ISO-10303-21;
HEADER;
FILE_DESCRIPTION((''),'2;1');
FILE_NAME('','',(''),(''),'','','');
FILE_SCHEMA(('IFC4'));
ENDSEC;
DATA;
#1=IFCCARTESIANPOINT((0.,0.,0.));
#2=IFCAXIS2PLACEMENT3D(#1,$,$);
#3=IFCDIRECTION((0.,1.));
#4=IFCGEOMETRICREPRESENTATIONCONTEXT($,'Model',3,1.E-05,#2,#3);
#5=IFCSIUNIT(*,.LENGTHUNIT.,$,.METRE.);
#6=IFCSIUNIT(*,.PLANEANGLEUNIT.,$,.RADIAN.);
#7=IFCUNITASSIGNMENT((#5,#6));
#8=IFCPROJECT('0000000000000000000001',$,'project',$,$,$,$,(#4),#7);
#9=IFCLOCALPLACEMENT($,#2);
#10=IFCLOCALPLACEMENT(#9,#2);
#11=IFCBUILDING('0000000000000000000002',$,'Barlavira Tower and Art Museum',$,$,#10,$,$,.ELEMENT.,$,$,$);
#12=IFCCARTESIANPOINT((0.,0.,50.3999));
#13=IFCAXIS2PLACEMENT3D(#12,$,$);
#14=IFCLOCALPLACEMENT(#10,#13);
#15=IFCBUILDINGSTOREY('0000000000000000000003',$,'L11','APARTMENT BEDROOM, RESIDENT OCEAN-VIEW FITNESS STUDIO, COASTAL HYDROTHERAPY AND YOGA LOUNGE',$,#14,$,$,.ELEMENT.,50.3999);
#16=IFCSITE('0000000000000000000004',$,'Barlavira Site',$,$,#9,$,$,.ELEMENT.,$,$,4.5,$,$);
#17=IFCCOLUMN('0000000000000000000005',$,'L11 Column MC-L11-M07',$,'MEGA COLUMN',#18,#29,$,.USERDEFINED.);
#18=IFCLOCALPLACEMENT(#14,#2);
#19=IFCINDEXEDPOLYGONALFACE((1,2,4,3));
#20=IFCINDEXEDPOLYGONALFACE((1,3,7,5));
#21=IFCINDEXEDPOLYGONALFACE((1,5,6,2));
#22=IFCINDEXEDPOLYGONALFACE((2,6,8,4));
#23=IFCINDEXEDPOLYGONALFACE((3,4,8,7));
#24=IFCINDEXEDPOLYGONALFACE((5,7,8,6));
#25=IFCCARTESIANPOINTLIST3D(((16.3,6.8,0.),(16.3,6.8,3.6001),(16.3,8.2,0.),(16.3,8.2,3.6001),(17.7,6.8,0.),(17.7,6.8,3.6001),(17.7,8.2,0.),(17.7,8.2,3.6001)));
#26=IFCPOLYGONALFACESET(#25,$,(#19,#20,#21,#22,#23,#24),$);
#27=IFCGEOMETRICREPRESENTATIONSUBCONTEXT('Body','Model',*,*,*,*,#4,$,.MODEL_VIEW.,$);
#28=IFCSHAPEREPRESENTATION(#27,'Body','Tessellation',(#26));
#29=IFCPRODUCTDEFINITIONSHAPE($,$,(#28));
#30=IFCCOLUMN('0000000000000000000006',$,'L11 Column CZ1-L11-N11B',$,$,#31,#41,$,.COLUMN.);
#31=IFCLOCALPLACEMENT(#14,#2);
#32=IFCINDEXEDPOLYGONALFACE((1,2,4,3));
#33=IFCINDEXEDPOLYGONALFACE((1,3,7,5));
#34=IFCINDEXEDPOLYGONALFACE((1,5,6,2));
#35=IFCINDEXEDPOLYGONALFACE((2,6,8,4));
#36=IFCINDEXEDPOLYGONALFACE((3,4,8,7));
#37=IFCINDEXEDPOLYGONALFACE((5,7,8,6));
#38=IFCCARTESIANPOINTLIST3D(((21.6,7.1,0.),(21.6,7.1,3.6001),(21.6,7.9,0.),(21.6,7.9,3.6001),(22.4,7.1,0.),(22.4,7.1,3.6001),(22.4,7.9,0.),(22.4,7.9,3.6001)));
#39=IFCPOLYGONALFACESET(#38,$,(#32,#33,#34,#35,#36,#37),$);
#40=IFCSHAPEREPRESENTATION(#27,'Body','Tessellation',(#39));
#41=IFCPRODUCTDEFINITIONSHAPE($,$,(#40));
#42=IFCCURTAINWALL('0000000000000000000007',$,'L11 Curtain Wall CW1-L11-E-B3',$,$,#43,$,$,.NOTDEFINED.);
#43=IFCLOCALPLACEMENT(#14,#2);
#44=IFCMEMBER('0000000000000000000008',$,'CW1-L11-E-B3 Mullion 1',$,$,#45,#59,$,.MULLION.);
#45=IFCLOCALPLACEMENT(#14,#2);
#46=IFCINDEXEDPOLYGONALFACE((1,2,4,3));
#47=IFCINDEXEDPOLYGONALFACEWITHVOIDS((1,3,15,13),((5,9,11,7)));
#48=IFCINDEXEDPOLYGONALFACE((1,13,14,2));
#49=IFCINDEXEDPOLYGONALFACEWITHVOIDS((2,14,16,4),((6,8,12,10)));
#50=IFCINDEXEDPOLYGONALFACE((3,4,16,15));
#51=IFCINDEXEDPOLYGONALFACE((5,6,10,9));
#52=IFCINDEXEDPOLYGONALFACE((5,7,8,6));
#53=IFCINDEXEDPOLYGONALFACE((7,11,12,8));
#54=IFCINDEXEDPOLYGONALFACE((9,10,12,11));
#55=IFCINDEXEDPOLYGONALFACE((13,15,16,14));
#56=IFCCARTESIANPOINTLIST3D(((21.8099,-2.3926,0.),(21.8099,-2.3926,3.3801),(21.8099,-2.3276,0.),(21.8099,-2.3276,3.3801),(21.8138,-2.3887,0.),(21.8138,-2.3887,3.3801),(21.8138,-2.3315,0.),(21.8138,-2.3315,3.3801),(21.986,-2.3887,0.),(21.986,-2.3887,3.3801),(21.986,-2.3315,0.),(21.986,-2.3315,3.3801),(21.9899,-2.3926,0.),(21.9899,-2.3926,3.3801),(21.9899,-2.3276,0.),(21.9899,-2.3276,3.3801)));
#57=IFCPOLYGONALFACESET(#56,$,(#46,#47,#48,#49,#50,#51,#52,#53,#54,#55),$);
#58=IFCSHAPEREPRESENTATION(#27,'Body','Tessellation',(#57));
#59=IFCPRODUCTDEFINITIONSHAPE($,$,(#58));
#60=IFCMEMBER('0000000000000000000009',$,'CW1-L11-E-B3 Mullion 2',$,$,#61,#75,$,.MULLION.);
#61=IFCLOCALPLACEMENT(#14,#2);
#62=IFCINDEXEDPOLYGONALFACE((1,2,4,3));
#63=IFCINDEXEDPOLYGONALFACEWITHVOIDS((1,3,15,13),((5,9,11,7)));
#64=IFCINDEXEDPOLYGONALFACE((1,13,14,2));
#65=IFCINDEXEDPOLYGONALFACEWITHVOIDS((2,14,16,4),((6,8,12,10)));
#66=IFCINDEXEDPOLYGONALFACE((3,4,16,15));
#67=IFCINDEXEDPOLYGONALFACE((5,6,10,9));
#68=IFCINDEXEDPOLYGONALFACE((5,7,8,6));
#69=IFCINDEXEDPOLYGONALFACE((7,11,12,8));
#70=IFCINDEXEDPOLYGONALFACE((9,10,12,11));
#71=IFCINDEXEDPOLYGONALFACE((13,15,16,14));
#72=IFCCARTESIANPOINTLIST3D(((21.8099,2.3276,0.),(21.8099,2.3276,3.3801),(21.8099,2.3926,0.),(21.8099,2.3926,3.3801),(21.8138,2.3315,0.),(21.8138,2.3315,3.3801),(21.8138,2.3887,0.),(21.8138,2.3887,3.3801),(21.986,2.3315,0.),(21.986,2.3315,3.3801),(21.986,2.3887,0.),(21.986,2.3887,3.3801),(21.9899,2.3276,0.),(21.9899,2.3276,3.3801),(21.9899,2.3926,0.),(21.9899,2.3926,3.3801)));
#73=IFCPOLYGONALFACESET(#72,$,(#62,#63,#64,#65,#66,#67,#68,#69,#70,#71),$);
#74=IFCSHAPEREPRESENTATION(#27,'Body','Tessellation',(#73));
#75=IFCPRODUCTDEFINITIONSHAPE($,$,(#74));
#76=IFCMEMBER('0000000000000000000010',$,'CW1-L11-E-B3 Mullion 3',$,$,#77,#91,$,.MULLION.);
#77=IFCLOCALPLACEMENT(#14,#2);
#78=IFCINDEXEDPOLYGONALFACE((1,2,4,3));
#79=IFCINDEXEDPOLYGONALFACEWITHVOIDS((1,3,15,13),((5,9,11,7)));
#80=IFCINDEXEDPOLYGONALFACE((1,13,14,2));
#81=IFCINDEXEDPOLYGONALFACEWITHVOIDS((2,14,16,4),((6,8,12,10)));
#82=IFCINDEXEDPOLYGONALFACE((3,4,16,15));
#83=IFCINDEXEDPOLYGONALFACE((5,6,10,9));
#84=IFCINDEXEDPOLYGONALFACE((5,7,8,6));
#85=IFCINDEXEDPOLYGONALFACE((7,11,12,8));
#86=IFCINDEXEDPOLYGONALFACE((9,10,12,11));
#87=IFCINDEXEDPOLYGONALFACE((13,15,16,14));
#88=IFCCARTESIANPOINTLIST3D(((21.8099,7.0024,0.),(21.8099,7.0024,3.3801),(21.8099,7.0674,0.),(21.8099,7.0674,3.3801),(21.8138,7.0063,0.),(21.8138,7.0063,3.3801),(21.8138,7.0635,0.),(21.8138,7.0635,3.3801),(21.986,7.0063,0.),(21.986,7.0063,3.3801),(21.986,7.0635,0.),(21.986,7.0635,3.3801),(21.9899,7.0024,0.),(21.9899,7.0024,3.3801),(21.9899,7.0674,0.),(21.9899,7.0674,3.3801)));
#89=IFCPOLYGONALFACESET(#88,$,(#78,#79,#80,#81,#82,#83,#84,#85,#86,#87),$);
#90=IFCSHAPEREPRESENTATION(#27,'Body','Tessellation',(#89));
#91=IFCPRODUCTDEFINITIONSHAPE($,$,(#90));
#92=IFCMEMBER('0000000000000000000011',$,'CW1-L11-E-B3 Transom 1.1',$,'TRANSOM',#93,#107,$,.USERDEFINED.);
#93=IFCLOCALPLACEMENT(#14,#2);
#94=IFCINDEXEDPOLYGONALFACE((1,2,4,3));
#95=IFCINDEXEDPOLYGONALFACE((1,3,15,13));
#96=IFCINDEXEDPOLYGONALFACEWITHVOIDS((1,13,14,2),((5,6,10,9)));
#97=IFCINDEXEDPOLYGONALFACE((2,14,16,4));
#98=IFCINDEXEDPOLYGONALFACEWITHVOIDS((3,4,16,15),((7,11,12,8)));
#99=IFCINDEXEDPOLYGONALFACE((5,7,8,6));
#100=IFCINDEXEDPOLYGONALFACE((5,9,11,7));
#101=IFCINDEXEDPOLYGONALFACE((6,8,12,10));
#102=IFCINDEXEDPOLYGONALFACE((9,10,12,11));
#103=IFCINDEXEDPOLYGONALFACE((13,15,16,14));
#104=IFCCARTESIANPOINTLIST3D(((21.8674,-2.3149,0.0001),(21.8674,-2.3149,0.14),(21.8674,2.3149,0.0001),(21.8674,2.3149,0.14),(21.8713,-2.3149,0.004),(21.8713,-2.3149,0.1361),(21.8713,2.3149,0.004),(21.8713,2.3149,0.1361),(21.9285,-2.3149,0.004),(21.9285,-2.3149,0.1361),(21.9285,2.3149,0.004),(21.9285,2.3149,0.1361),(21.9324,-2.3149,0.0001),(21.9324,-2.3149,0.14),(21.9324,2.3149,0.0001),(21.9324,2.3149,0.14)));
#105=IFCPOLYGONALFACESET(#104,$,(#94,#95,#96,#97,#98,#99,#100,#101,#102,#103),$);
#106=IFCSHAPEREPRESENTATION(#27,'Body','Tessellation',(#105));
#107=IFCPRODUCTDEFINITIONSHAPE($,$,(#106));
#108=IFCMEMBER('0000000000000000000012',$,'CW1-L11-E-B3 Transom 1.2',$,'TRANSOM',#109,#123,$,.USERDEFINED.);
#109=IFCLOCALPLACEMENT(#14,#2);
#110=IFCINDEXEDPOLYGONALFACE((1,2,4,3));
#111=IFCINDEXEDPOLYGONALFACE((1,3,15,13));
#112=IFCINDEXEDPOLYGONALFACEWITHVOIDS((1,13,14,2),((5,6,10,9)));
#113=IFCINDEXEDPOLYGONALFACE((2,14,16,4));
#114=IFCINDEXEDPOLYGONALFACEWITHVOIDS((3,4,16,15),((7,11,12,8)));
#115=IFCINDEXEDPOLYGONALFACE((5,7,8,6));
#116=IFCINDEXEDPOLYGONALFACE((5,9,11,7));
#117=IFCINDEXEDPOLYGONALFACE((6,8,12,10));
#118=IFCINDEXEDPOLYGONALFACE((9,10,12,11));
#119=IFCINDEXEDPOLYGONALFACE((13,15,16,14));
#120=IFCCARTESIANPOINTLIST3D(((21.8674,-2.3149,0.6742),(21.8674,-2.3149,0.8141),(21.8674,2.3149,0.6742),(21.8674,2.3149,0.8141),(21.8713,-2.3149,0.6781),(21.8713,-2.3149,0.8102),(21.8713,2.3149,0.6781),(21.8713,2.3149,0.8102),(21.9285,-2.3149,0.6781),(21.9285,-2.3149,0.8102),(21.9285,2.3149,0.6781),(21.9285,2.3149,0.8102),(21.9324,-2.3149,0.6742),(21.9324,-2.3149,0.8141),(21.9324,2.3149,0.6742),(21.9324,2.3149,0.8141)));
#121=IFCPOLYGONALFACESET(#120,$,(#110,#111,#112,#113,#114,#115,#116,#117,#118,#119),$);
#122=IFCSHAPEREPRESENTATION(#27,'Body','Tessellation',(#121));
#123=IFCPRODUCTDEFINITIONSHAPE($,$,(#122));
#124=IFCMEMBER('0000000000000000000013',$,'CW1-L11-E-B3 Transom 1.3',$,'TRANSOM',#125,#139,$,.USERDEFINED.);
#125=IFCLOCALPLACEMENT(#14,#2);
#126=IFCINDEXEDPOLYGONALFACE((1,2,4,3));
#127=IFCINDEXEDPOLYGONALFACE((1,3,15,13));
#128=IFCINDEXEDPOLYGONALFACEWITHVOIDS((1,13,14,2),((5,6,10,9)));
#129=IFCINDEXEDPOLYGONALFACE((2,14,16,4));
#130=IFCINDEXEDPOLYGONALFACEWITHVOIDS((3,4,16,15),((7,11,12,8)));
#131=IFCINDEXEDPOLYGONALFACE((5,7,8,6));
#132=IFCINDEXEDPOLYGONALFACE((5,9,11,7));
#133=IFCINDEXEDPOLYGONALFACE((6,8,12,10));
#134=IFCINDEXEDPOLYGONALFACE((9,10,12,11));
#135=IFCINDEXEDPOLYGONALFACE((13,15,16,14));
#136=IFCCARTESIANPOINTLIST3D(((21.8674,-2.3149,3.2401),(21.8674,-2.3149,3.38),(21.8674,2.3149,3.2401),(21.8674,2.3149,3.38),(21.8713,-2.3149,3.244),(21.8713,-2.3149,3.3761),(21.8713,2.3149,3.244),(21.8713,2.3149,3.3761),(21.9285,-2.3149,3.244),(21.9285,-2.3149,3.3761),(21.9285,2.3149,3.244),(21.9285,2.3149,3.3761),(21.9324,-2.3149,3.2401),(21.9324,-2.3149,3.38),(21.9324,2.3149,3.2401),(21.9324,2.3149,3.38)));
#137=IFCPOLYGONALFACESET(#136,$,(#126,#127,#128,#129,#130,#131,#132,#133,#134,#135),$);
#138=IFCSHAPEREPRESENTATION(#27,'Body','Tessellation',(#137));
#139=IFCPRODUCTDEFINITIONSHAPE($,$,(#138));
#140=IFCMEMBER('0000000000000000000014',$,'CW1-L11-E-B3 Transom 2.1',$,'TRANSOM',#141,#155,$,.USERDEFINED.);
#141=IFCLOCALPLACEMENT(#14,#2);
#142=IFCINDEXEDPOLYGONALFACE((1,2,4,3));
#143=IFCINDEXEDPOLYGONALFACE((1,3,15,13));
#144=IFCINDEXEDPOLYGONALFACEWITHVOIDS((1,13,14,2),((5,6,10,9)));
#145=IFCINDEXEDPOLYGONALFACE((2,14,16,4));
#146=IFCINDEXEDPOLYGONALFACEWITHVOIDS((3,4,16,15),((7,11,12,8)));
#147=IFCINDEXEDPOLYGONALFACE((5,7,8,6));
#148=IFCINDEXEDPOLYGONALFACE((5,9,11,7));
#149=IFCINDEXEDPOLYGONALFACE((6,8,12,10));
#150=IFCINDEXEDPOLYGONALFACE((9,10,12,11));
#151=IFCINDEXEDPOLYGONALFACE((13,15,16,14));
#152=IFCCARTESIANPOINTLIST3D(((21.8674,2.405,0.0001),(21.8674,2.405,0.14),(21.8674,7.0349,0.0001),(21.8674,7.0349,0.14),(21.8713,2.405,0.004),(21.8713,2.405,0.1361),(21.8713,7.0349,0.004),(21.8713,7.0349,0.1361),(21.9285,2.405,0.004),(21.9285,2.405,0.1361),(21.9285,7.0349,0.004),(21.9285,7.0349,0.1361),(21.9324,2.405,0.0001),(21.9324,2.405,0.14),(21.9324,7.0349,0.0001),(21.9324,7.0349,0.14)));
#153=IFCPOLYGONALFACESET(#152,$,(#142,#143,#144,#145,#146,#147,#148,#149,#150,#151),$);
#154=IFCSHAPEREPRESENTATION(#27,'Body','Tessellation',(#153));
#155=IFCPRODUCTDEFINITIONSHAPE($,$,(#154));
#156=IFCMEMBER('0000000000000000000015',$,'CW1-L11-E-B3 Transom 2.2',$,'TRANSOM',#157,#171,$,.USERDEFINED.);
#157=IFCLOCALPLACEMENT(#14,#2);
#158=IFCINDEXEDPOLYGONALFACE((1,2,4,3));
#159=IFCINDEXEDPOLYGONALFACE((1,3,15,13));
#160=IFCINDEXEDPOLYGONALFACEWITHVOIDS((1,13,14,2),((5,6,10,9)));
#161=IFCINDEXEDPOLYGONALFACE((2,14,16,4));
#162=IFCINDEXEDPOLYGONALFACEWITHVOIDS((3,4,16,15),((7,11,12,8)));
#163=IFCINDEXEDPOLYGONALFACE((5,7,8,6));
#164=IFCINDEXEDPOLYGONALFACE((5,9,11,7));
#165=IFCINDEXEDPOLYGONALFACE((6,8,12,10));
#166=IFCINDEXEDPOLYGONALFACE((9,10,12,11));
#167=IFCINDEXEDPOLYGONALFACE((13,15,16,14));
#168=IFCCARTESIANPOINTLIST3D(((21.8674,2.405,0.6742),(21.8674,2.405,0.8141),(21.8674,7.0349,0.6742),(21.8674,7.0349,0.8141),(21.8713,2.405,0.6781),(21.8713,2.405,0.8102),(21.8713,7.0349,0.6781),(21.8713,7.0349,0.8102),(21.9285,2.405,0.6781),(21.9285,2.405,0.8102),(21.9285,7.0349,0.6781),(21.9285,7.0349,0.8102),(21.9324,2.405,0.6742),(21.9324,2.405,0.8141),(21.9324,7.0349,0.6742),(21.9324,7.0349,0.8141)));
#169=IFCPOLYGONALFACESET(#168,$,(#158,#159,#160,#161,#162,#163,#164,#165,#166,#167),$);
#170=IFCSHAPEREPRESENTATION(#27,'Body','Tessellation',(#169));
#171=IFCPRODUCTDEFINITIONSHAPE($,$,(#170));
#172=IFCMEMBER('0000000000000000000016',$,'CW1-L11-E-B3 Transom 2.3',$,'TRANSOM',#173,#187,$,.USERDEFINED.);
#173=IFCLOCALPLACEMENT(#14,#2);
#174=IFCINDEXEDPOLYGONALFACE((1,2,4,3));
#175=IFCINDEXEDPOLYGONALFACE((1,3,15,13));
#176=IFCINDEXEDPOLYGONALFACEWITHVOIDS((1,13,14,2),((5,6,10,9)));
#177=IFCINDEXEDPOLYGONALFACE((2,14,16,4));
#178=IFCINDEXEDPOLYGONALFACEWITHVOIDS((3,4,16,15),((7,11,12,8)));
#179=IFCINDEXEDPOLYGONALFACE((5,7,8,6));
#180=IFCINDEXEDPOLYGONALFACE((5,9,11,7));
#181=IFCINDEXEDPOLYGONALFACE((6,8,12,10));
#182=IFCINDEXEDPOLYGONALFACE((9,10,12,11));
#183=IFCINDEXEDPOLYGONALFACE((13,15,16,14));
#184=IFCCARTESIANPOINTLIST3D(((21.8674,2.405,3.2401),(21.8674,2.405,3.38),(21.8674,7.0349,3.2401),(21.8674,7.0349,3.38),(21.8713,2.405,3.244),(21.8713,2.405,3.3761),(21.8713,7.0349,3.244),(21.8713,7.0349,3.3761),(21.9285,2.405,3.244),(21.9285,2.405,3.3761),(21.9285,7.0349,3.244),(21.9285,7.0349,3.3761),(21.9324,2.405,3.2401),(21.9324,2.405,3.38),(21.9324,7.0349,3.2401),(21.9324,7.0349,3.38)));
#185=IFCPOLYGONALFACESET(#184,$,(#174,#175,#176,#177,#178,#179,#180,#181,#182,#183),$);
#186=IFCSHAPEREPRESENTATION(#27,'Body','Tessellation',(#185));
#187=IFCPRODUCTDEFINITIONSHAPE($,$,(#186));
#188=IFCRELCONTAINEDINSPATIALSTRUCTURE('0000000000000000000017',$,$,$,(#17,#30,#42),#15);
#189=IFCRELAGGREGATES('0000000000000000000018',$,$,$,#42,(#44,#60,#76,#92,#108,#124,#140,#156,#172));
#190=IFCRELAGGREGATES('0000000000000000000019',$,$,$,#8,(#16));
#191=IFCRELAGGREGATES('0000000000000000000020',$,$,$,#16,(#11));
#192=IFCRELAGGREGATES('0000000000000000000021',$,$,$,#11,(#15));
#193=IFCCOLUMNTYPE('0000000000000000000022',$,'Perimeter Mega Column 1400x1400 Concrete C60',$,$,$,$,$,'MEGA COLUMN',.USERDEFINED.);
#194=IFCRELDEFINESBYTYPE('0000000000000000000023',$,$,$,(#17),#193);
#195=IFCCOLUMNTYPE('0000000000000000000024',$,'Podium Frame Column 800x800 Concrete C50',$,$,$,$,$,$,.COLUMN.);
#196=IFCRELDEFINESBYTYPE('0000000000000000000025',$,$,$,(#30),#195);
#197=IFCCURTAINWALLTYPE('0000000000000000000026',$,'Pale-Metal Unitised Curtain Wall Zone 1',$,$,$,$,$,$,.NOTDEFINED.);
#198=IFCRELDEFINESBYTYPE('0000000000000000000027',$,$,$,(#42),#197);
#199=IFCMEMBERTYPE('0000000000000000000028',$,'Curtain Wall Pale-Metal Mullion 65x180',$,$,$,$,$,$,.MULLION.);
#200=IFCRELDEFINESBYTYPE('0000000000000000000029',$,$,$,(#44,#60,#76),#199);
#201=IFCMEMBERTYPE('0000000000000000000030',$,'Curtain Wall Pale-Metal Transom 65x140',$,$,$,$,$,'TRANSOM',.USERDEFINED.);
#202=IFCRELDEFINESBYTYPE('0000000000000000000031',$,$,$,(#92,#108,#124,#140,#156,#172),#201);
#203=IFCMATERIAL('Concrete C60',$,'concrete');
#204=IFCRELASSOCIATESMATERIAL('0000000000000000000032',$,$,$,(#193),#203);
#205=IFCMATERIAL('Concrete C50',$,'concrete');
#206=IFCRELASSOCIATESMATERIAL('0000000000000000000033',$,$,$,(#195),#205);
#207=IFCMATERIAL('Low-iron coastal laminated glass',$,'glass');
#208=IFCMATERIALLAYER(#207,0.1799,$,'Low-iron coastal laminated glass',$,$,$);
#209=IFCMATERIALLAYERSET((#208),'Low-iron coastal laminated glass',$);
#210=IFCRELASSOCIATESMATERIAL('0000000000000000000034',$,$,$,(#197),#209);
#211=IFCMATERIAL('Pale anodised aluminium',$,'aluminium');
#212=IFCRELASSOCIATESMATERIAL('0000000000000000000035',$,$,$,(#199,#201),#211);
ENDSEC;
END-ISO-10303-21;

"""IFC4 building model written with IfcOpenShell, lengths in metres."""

from ifc_helpers import new_model, si_unit, direction, frame, origin, origin_2d, place, context, subcontext, project, spatial, rectangle, hollow_rectangle, extrude, material, layer, layer_set, material_profile, profile_set, type_object, element, aggregate, save


model = new_model("IFC4")

# Units and contexts
model_context = context("Model", 3, precision=1e-05, world=origin(), true_north=direction((0.0, 1.0)))
body_context = subcontext(model_context, "Body", "Model", "MODEL_VIEW")
ifc_project = project(units=[si_unit("LENGTHUNIT", "METRE"), si_unit("PLANEANGLEUNIT", "RADIAN")], contexts=[model_context])

# Site, building, storey
site_placement = place(None, origin())
site = spatial("IfcSite", under=ifc_project, at=site_placement, Name="Barlavira Site", CompositionType="ELEMENT", RefElevation=4.5)
building_placement = place(site_placement, origin())
building = spatial("IfcBuilding", under=site, at=building_placement, Name="Barlavira Tower and Art Museum", CompositionType="ELEMENT")
storey_placement = place(building_placement, frame((0.0, 0.0, 50.3999)))
storey = spatial("IfcBuildingStorey", under=building, at=storey_placement, Name="L11", Description="APARTMENT BEDROOM, RESIDENT OCEAN-VIEW FITNESS STUDIO, COASTAL HYDROTHERAPY AND YOGA LOUNGE", CompositionType="ELEMENT", Elevation=50.3999)

# Columns
ifc_material_1 = material(Name="Concrete C60", Category="concrete")
ifc_material_profile_1 = material_profile(ifc_material_1, rectangle(XDim=1.3999, YDim=1.3999, at=origin_2d()), Name="RC-MCOL 1400x1400")
ifc_profile_set_1 = profile_set([ifc_material_profile_1], Name="Concrete C60")
column_type_1 = type_object("IfcColumnType", Name="Perimeter Mega Column 1400x1400 Concrete C60", ElementType="MEGA COLUMN", PredefinedType="USERDEFINED", material=ifc_profile_set_1)
column_1_placement = place(storey_placement, frame((17.0, 7.5, 0.0), z_axis=(0.0, 0.0, 1.0), x_axis=(1.0, 0.0, 0.0)))
element("IfcColumn", 1, at=column_1_placement, inside=storey, type_object=column_type_1, Name="L11 Column MC-L11-M07", ObjectType="MEGA COLUMN", PredefinedType="USERDEFINED", context=body_context, shape_type="SweptSolid", body=[
    extrude(rectangle(XDim=1.3999, YDim=1.3999, at=origin_2d()), origin(), (0.0, 0.0, 1.0), 3.6001),
])
ifc_material_2 = material(Name="Concrete C50", Category="concrete")
ifc_material_profile_2 = material_profile(ifc_material_2, rectangle(XDim=0.8, YDim=0.8, at=origin_2d()), Name="RC-COL 800x800")
ifc_profile_set_2 = profile_set([ifc_material_profile_2], Name="Concrete C50")
column_type_2 = type_object("IfcColumnType", Name="Podium Frame Column 800x800 Concrete C50", PredefinedType="COLUMN", material=ifc_profile_set_2)
column_2_placement = place(storey_placement, frame((22.0, 7.5, 0.0), z_axis=(0.0, 0.0, 1.0), x_axis=(1.0, 0.0, 0.0)))
element("IfcColumn", 2, at=column_2_placement, inside=storey, type_object=column_type_2, Name="L11 Column CZ1-L11-N11B", PredefinedType="COLUMN", context=body_context, shape_type="SweptSolid", body=[
    extrude(rectangle(XDim=0.8, YDim=0.8, at=origin_2d()), origin(), (0.0, 0.0, 1.0), 3.6001),
])

# Curtain wall, members
ifc_material_3 = material(Name="Low-iron coastal laminated glass", Category="glass")
ifc_layer_1 = layer(ifc_material_3, 0.1799, Name="Low-iron coastal laminated glass")
ifc_layer_set_1 = layer_set([ifc_layer_1], Name="Low-iron coastal laminated glass")
curtain_wall_type = type_object("IfcCurtainWallType", Name="Pale-Metal Unitised Curtain Wall Zone 1", PredefinedType="NOTDEFINED", material=ifc_layer_set_1)
curtain_wall_placement = place(storey_placement, origin())
curtain_wall = element("IfcCurtainWall", 3, at=curtain_wall_placement, inside=storey, type_object=curtain_wall_type, Name="L11 Curtain Wall CW1-L11-E-B3", PredefinedType="NOTDEFINED")
ifc_material_4 = material(Name="Pale anodised aluminium", Category="aluminium")
ifc_material_profile_3 = material_profile(ifc_material_4, hollow_rectangle(XDim=0.0649, YDim=0.1799, WallThickness=0.0039, at=origin_2d()), Name="ALU-MULL 65x180x4")
ifc_profile_set_3 = profile_set([ifc_material_profile_3], Name="Pale anodised aluminium")
member_type_1 = type_object("IfcMemberType", Name="Curtain Wall Pale-Metal Mullion 65x180", PredefinedType="MULLION", material=ifc_profile_set_3)
member_1_placement = place(storey_placement, frame((21.8999, -2.3601, 0.0), z_axis=(0.0, 0.0, 1.0), x_axis=(0.0, 1.0, 0.0)))
member_1 = element("IfcMember", 4, at=member_1_placement, type_object=member_type_1, Name="CW1-L11-E-B3 Mullion 1", PredefinedType="MULLION", context=body_context, shape_type="SweptSolid", body=[
    extrude(hollow_rectangle(XDim=0.0649, YDim=0.1799, WallThickness=0.0039, at=origin_2d()), origin(), (0.0, 0.0, 1.0), 3.3801),
])
member_2_placement = place(storey_placement, frame((21.8999, 2.3601, 0.0), z_axis=(0.0, 0.0, 1.0), x_axis=(0.0, 1.0, 0.0)))
member_2 = element("IfcMember", 5, at=member_2_placement, type_object=member_type_1, Name="CW1-L11-E-B3 Mullion 2", PredefinedType="MULLION", context=body_context, shape_type="SweptSolid", body=[
    extrude(hollow_rectangle(XDim=0.0649, YDim=0.1799, WallThickness=0.0039, at=origin_2d()), origin(), (0.0, 0.0, 1.0), 3.3801),
])
member_3_placement = place(storey_placement, frame((21.8999, 7.0349, 0.0), z_axis=(0.0, 0.0, 1.0), x_axis=(0.0, 1.0, 0.0)))
member_3 = element("IfcMember", 6, at=member_3_placement, type_object=member_type_1, Name="CW1-L11-E-B3 Mullion 3", PredefinedType="MULLION", context=body_context, shape_type="SweptSolid", body=[
    extrude(hollow_rectangle(XDim=0.0649, YDim=0.1799, WallThickness=0.0039, at=origin_2d()), origin(), (0.0, 0.0, 1.0), 3.3801),
])
ifc_material_profile_4 = material_profile(ifc_material_4, hollow_rectangle(XDim=0.0649, YDim=0.1399, WallThickness=0.0039, at=origin_2d()), Name="ALU-TRAN 65x140x4")
ifc_profile_set_4 = profile_set([ifc_material_profile_4], Name="Pale anodised aluminium")
member_type_2 = type_object("IfcMemberType", Name="Curtain Wall Pale-Metal Transom 65x140", ElementType="TRANSOM", PredefinedType="USERDEFINED", material=ifc_profile_set_4)
member_4_placement = place(storey_placement, frame((21.8999, -2.3149, 0.0701), z_axis=(0.0, 1.0, 0.0), x_axis=(-1.0, 0.0, 0.0)))
member_4 = element("IfcMember", 7, at=member_4_placement, type_object=member_type_2, Name="CW1-L11-E-B3 Transom 1.1", ObjectType="TRANSOM", PredefinedType="USERDEFINED", context=body_context, shape_type="SweptSolid", body=[
    extrude(hollow_rectangle(XDim=0.0649, YDim=0.1399, WallThickness=0.0039, at=origin_2d()), origin(), (0.0, 0.0, 1.0), 4.6299),
])
member_5_placement = place(storey_placement, frame((21.8999, -2.3149, 0.7441), z_axis=(0.0, 1.0, 0.0), x_axis=(-1.0, 0.0, 0.0)))
member_5 = element("IfcMember", 8, at=member_5_placement, type_object=member_type_2, Name="CW1-L11-E-B3 Transom 1.2", ObjectType="TRANSOM", PredefinedType="USERDEFINED", context=body_context, shape_type="SweptSolid", body=[
    extrude(hollow_rectangle(XDim=0.0649, YDim=0.1399, WallThickness=0.0039, at=origin_2d()), origin(), (0.0, 0.0, 1.0), 4.6299),
])
member_6_placement = place(storey_placement, frame((21.8999, -2.3149, 3.3101), z_axis=(0.0, 1.0, 0.0), x_axis=(-1.0, 0.0, 0.0)))
member_6 = element("IfcMember", 9, at=member_6_placement, type_object=member_type_2, Name="CW1-L11-E-B3 Transom 1.3", ObjectType="TRANSOM", PredefinedType="USERDEFINED", context=body_context, shape_type="SweptSolid", body=[
    extrude(hollow_rectangle(XDim=0.0649, YDim=0.1399, WallThickness=0.0039, at=origin_2d()), origin(), (0.0, 0.0, 1.0), 4.6299),
])
member_7_placement = place(storey_placement, frame((21.8999, 2.405, 0.0701), z_axis=(0.0, 1.0, 0.0), x_axis=(-1.0, 0.0, 0.0)))
member_7 = element("IfcMember", 10, at=member_7_placement, type_object=member_type_2, Name="CW1-L11-E-B3 Transom 2.1", ObjectType="TRANSOM", PredefinedType="USERDEFINED", context=body_context, shape_type="SweptSolid", body=[
    extrude(hollow_rectangle(XDim=0.0649, YDim=0.1399, WallThickness=0.0039, at=origin_2d()), origin(), (0.0, 0.0, 1.0), 4.6299),
])
member_8_placement = place(storey_placement, frame((21.8999, 2.405, 0.7441), z_axis=(0.0, 1.0, 0.0), x_axis=(-1.0, 0.0, 0.0)))
member_8 = element("IfcMember", 11, at=member_8_placement, type_object=member_type_2, Name="CW1-L11-E-B3 Transom 2.2", ObjectType="TRANSOM", PredefinedType="USERDEFINED", context=body_context, shape_type="SweptSolid", body=[
    extrude(hollow_rectangle(XDim=0.0649, YDim=0.1399, WallThickness=0.0039, at=origin_2d()), origin(), (0.0, 0.0, 1.0), 4.6299),
])
member_9_placement = place(storey_placement, frame((21.8999, 2.405, 3.3101), z_axis=(0.0, 1.0, 0.0), x_axis=(-1.0, 0.0, 0.0)))
member_9 = element("IfcMember", 12, at=member_9_placement, type_object=member_type_2, Name="CW1-L11-E-B3 Transom 2.3", ObjectType="TRANSOM", PredefinedType="USERDEFINED", context=body_context, shape_type="SweptSolid", body=[
    extrude(hollow_rectangle(XDim=0.0649, YDim=0.1399, WallThickness=0.0039, at=origin_2d()), origin(), (0.0, 0.0, 1.0), 4.6299),
])

aggregate(curtain_wall, [member_1, member_2, member_3, member_4, member_5, member_6, member_7, member_8, member_9])

save(model, "model.ifc")
